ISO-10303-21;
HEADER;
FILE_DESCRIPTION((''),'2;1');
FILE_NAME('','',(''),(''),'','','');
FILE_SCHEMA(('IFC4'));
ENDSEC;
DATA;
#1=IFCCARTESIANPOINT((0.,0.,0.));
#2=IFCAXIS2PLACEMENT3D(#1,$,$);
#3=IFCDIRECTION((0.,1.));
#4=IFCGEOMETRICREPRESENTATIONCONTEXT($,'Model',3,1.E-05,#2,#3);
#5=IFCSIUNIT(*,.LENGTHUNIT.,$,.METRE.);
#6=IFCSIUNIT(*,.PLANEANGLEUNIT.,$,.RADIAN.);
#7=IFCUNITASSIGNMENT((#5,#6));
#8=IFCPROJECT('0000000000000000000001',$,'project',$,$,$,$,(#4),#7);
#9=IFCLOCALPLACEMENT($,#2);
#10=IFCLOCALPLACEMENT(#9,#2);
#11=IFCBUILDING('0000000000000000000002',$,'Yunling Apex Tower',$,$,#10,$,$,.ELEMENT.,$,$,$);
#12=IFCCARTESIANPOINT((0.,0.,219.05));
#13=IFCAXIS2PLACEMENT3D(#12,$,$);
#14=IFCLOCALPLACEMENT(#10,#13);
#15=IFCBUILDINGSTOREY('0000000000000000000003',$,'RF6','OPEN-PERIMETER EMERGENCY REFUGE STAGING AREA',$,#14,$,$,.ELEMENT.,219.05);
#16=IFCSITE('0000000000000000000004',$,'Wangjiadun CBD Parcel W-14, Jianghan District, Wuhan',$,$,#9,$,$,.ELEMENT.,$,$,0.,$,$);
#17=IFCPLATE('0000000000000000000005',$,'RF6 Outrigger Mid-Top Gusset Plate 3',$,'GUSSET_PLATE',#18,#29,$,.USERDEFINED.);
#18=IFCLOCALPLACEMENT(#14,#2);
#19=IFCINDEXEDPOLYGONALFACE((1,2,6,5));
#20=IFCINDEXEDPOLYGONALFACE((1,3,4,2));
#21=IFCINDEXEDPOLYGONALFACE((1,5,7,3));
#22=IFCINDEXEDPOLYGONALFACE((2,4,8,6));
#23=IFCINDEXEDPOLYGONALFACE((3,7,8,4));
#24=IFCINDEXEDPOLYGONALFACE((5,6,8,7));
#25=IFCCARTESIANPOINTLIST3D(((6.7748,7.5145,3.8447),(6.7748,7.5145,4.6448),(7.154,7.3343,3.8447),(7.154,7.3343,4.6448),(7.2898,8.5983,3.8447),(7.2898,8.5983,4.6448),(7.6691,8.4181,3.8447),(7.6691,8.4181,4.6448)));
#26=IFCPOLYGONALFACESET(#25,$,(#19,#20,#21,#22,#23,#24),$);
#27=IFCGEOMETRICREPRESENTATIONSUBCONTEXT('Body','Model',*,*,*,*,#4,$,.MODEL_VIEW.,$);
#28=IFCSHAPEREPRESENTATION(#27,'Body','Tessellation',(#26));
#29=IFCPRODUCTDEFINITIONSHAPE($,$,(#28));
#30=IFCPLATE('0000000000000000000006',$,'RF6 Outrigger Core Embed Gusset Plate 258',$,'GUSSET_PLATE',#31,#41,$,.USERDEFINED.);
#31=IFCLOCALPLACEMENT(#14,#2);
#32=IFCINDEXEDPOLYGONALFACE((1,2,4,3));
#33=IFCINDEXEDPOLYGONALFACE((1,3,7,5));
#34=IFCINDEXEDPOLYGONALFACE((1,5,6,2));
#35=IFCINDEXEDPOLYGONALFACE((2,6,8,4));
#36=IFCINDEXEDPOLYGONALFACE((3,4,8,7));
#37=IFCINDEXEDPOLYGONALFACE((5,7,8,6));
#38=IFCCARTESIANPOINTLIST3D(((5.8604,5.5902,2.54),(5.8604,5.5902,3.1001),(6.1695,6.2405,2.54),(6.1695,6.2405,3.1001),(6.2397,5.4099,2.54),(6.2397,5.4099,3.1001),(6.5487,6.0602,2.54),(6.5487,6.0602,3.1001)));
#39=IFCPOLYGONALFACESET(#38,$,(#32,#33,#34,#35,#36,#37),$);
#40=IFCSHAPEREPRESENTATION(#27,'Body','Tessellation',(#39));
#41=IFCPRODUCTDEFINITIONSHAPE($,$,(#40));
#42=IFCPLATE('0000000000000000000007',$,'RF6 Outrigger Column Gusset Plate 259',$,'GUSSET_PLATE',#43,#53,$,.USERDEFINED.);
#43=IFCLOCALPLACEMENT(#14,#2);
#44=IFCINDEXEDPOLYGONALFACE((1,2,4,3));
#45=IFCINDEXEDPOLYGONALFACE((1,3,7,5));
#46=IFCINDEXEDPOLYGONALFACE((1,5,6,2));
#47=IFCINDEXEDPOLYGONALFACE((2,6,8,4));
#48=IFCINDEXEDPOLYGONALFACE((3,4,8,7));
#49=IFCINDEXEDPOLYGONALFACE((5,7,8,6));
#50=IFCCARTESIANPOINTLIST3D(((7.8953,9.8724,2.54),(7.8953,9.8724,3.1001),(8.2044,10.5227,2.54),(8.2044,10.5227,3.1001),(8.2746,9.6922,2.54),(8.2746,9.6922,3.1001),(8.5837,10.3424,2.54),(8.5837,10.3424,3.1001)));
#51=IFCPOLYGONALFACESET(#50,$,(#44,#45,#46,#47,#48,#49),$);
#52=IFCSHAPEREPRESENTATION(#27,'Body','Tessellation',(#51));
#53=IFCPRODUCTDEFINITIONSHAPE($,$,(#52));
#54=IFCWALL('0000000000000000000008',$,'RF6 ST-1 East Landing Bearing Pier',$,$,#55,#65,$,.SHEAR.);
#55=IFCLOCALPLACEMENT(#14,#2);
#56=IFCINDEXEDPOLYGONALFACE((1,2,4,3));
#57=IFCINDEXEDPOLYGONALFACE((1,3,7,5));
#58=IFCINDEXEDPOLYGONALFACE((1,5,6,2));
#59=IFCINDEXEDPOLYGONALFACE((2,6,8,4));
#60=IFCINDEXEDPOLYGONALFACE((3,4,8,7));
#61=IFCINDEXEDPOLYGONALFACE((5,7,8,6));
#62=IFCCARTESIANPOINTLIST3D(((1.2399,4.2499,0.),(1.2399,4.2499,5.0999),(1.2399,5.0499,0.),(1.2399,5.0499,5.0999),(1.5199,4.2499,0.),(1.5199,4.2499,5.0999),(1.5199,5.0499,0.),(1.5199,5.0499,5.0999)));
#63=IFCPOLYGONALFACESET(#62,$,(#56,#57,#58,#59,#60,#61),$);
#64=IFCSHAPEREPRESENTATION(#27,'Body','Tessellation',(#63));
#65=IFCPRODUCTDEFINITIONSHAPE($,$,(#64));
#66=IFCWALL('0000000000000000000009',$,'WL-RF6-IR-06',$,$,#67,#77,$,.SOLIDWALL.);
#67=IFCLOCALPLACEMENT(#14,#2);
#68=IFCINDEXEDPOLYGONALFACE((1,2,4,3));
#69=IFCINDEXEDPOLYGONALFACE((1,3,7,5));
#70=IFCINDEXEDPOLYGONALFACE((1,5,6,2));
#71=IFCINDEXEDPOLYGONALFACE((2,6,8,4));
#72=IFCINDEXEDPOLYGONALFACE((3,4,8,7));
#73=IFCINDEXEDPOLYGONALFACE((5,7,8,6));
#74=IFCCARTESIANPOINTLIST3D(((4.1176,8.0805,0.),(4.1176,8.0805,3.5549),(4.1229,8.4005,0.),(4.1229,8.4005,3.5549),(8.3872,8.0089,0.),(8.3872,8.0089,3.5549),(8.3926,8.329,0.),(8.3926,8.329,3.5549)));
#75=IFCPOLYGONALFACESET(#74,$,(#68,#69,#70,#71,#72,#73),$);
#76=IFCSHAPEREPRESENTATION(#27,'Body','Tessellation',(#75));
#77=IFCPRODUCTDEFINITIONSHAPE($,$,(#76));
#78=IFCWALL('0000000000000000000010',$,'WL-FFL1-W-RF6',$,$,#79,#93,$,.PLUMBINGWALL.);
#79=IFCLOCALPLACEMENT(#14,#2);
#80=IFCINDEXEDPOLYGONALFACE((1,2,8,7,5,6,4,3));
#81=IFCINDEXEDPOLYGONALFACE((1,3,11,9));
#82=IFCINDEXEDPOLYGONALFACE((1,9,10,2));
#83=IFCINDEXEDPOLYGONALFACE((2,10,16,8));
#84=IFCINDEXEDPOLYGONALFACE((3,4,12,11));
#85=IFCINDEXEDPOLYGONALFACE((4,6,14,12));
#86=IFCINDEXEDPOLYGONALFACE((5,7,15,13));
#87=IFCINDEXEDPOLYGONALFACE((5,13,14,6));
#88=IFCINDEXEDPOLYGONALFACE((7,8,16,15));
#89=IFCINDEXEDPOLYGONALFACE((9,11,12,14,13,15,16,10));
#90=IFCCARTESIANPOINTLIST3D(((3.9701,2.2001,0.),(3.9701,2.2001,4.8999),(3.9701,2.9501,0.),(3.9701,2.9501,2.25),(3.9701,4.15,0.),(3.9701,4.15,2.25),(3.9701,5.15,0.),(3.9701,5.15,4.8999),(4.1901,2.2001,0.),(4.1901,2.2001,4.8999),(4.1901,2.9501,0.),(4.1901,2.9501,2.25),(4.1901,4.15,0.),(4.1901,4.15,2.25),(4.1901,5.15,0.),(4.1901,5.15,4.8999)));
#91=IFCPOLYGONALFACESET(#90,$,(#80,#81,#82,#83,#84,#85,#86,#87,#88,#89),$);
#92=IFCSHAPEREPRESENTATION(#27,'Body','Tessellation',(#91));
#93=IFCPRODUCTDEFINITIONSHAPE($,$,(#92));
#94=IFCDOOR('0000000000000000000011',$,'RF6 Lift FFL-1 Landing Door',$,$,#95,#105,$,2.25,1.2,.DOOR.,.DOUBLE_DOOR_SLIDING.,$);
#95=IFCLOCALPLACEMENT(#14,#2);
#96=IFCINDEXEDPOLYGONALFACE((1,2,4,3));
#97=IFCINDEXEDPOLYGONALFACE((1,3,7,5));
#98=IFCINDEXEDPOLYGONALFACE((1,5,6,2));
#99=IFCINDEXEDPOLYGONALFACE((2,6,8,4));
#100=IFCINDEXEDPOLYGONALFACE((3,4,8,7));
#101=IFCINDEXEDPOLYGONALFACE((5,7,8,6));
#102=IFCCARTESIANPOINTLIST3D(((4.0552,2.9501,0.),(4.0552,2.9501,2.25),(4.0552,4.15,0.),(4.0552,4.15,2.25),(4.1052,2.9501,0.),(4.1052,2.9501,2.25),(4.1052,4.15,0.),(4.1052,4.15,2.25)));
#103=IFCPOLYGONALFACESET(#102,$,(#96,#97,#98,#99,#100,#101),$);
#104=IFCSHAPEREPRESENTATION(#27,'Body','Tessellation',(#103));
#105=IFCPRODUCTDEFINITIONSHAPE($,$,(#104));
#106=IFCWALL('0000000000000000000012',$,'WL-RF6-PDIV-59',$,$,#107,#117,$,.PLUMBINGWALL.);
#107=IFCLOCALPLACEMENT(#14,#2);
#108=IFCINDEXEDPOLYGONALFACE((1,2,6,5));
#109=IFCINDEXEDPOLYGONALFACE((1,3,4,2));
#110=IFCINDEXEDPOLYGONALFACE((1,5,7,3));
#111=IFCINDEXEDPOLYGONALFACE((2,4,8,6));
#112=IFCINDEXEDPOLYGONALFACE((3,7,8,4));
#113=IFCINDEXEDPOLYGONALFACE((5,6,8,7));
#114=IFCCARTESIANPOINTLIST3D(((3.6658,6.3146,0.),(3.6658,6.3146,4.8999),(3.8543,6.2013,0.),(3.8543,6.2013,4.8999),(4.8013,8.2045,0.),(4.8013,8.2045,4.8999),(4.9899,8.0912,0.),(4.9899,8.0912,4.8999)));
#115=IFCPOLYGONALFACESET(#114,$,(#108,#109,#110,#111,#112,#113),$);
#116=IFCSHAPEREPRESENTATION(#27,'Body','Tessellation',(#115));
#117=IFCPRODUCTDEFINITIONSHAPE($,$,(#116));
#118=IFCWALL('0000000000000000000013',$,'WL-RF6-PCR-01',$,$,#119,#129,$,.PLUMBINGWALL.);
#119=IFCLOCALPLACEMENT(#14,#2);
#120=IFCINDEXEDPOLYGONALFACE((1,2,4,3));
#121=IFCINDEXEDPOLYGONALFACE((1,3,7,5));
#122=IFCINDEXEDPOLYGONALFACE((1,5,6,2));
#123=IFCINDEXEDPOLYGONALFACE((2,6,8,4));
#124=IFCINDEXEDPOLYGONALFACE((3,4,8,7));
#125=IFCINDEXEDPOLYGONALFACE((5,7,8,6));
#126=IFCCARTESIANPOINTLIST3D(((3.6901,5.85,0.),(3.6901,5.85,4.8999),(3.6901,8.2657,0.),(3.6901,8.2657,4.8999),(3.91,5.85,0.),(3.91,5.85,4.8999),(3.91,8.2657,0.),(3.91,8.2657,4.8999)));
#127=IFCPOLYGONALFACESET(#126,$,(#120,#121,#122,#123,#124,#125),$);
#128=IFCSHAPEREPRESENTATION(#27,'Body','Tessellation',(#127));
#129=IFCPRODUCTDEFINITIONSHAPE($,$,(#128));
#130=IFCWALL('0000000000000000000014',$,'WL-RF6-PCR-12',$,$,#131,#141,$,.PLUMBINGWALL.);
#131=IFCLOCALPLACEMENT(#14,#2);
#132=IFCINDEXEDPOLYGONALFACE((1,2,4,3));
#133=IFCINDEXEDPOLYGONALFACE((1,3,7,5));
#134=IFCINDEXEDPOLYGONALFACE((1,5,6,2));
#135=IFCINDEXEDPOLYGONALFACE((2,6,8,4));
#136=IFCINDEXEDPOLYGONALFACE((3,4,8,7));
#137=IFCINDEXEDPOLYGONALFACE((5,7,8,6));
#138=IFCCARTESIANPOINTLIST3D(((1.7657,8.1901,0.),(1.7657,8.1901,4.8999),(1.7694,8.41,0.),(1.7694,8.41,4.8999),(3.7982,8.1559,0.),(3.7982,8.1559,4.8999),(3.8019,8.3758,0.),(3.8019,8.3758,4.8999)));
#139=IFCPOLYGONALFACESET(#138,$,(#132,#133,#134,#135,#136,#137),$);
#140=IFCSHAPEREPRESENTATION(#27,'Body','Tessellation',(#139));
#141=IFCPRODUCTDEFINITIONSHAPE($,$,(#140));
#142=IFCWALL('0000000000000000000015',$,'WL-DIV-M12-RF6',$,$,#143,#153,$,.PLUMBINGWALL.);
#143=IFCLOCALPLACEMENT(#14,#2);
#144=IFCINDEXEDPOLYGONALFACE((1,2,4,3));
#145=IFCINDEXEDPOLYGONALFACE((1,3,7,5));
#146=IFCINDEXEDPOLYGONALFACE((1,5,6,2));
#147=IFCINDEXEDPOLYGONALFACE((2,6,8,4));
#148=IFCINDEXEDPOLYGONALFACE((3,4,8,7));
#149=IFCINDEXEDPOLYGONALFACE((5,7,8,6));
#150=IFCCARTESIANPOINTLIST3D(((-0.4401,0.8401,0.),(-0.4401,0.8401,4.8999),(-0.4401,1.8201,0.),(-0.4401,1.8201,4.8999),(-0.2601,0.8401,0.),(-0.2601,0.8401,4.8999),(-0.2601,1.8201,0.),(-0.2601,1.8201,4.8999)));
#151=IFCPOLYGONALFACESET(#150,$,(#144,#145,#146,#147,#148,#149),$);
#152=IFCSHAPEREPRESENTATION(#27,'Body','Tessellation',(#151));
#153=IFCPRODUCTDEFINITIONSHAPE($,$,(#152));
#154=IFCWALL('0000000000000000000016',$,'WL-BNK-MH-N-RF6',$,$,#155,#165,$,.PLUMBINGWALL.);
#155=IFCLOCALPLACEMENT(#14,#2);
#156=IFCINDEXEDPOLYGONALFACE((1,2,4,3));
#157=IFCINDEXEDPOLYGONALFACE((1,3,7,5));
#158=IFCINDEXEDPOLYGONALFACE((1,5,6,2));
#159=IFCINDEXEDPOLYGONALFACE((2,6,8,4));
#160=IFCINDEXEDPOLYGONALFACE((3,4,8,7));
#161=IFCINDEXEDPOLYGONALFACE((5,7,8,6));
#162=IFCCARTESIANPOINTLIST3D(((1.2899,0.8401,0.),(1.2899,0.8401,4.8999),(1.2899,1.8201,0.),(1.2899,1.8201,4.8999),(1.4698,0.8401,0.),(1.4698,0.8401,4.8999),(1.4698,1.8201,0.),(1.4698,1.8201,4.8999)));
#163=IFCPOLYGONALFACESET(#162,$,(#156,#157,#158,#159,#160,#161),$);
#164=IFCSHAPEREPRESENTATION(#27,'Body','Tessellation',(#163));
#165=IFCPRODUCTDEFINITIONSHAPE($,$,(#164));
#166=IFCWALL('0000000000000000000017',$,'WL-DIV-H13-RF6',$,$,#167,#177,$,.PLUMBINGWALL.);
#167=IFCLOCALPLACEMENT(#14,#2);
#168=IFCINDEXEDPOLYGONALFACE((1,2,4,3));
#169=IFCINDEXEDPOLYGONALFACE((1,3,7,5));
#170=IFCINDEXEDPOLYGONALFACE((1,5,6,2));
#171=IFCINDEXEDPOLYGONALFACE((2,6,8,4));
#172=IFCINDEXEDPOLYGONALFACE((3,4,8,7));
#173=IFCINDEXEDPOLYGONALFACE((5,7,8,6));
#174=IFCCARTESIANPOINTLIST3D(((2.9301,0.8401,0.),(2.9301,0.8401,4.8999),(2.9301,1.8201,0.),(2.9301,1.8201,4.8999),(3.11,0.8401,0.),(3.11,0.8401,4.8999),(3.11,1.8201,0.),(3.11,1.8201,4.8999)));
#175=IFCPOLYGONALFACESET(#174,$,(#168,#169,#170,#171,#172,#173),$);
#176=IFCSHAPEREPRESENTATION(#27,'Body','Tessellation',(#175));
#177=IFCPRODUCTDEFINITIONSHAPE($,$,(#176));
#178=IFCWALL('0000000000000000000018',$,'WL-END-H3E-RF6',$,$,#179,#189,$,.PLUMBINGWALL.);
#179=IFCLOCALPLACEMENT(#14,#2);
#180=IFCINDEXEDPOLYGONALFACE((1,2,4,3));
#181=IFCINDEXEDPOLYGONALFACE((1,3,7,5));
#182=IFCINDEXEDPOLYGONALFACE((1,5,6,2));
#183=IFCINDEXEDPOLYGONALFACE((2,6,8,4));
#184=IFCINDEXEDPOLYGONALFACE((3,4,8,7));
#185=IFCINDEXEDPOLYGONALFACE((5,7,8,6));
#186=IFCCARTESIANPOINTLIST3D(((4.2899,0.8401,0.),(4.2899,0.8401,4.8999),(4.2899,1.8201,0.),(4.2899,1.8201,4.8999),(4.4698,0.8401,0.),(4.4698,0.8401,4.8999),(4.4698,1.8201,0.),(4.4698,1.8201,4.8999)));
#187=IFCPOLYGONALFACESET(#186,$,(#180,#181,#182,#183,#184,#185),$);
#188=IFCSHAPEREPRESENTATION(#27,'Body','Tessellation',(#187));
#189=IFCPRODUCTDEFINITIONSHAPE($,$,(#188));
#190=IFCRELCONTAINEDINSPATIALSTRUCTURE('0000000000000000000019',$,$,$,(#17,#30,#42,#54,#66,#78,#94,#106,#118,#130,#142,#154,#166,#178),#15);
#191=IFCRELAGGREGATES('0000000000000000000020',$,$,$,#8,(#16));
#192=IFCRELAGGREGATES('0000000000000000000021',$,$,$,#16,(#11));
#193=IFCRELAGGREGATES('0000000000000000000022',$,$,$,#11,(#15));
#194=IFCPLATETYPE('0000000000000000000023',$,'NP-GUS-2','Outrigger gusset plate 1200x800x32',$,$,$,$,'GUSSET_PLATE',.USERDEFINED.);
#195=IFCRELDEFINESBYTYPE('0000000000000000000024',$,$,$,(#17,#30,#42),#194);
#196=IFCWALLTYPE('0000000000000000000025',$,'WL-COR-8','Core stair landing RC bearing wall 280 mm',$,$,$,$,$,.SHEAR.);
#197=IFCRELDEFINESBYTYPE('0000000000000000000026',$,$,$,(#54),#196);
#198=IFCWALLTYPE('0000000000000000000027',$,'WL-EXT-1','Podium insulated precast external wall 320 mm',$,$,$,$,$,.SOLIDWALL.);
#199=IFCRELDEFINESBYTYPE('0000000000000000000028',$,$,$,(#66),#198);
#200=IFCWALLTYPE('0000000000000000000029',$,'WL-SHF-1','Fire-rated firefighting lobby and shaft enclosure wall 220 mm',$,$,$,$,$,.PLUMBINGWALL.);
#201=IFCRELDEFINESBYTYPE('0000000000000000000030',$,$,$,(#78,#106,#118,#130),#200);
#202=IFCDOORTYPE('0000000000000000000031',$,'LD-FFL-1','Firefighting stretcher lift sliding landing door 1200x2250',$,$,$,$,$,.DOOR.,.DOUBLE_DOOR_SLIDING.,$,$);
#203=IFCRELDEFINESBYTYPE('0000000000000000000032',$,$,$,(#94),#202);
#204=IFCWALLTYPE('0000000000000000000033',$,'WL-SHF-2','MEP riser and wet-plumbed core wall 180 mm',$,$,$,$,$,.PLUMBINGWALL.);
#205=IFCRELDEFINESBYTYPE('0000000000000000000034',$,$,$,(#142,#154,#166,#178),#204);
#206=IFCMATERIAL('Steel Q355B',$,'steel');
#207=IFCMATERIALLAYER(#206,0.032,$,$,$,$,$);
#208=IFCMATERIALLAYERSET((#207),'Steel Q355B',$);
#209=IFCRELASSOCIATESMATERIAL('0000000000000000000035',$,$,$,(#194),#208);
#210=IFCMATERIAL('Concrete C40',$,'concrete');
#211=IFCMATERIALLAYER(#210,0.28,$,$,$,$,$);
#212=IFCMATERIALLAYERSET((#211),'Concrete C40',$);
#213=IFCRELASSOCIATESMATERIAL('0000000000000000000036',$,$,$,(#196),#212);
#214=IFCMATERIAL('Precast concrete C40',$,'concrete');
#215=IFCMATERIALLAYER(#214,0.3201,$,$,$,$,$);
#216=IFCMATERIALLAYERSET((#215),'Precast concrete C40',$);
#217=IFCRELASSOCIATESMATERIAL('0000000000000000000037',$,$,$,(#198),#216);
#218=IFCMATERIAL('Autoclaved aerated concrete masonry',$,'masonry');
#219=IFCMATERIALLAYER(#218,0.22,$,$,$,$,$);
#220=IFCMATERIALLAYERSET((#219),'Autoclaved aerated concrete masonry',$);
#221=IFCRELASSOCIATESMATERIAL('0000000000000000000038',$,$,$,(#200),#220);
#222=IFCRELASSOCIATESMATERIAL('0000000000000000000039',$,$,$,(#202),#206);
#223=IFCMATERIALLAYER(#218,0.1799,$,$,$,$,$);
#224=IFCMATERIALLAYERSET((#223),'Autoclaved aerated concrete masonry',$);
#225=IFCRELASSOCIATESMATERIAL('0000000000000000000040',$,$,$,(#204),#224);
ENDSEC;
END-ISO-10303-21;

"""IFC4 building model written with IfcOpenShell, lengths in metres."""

from ifc_helpers import new_model, si_unit, direction, frame, frame_2d, origin, origin_2d, place, context, subcontext, project, spatial, rectangle, extrude, source, transform, mapped, material, layer, layer_set, type_object, element, fill, save


model = new_model("IFC4")

# Units and contexts
model_context = context("Model", 3, precision=1e-05, world=origin(), true_north=direction((0.0, 1.0)))
body_context = subcontext(model_context, "Body", "Model", "MODEL_VIEW")
ifc_project = project(units=[si_unit("LENGTHUNIT", "METRE"), si_unit("PLANEANGLEUNIT", "RADIAN")], contexts=[model_context])

# Site, building, storey
site_placement = place(None, origin())
site = spatial("IfcSite", under=ifc_project, at=site_placement, Name="Wangjiadun CBD Parcel W-14, Jianghan District, Wuhan", CompositionType="ELEMENT", RefElevation=0.0)
building_placement = place(site_placement, origin())
building = spatial("IfcBuilding", under=site, at=building_placement, Name="Yunling Apex Tower", CompositionType="ELEMENT")
storey_placement = place(building_placement, frame((0.0, 0.0, 219.05)))
storey = spatial("IfcBuildingStorey", under=building, at=storey_placement, Name="RF6", Description="OPEN-PERIMETER EMERGENCY REFUGE STAGING AREA", CompositionType="ELEMENT", Elevation=219.05)

# Shared definitions
ifc_material_1 = material(Name="Steel Q355B", Category="steel")

# Plates
ifc_layer_1 = layer(ifc_material_1, 0.032)
ifc_layer_set_1 = layer_set([ifc_layer_1], Name="Steel Q355B")
plate_type_1 = type_object("IfcPlateType", Name="NP-GUS-2", Description="Outrigger gusset plate 1200x800x32", ElementType="GUSSET_PLATE", PredefinedType="USERDEFINED", material=ifc_layer_set_1)
shared_shape_1 = source(origin(), body_context, "Body", "SweptSolid", [
    extrude(rectangle(XDim=1.2, YDim=0.4199, at=origin_2d()), origin(), (0.0, 0.0, 1.0), 0.8),
])
plate_1_placement = place(storey_placement, frame((7.2219, 7.9663, 3.8447), z_axis=(0.0, 0.0, 1.0), x_axis=(0.42925, 0.903186, 0.0)))
element("IfcPlate", 1, at=plate_1_placement, inside=storey, type_object=plate_type_1, Name="RF6 Outrigger Mid-Top Gusset Plate 3", ObjectType="GUSSET_PLATE", PredefinedType="USERDEFINED", context=body_context, shape_type="MappedRepresentation", body=[
    mapped(shared_shape_1, transform((0.0, 0.0, 0.0), scale=1.0)),
])
shared_shape_2 = source(origin(), body_context, "Body", "SweptSolid", [
    extrude(rectangle(XDim=0.72, YDim=0.4199, at=origin_2d()), origin(), (0.0, 0.0, 1.0), 0.5601),
])
for number, where, z_axis, x_axis, name in (
    (2, (6.2046, 5.8252, 2.54), (0.0, 0.0, 1.0), (0.42925, 0.903186, 0.0), "RF6 Outrigger Core Embed Gusset Plate 258"),
    (3, (8.2395, 10.1074, 2.54), (0.0, 0.0, 1.0), (0.42925, 0.903186, 0.0), "RF6 Outrigger Column Gusset Plate 259"),
):
    element("IfcPlate", number, at=place(storey_placement, frame(where, z_axis=z_axis, x_axis=x_axis)), inside=storey, type_object=plate_type_1, Name=name, ObjectType="GUSSET_PLATE", PredefinedType="USERDEFINED", context=body_context, shape_type="MappedRepresentation", body=[
        mapped(shared_shape_2, transform((0.0, 0.0, 0.0), scale=1.0)),
    ])

# Walls
ifc_material_2 = material(Name="Concrete C40", Category="concrete")
ifc_layer_2 = layer(ifc_material_2, 0.28)
ifc_layer_set_2 = layer_set([ifc_layer_2], Name="Concrete C40")
wall_type_1 = type_object("IfcWallType", Name="WL-COR-8", Description="Core stair landing RC bearing wall 280 mm", PredefinedType="SHEAR", material=ifc_layer_set_2)
wall_1_placement = place(storey_placement, frame((1.3799, 4.25, 0.0), z_axis=(0.0, 0.0, 1.0), x_axis=(0.0, 1.0, 0.0)))
element("IfcWall", 4, at=wall_1_placement, inside=storey, type_object=wall_type_1, Name="RF6 ST-1 East Landing Bearing Pier", PredefinedType="SHEAR", context=body_context, shape_type="SweptSolid", body=[
    extrude(rectangle(XDim=0.8, YDim=0.28, at=frame_2d((0.3999, 0.0))), origin(), (0.0, 0.0, 1.0), 5.0999),
])
ifc_material_3 = material(Name="Precast concrete C40", Category="concrete")
ifc_layer_3 = layer(ifc_material_3, 0.3201)
ifc_layer_set_3 = layer_set([ifc_layer_3], Name="Precast concrete C40")
wall_type_2 = type_object("IfcWallType", Name="WL-EXT-1", Description="Podium insulated precast external wall 320 mm", PredefinedType="SOLIDWALL", material=ifc_layer_set_3)
wall_2_placement = place(storey_placement, frame((4.1201, 8.2405, 0.0), z_axis=(0.0, 0.0, 1.0), x_axis=(0.99986, -0.016751, 0.0)))
element("IfcWall", 5, at=wall_2_placement, inside=storey, type_object=wall_type_2, Name="WL-RF6-IR-06", PredefinedType="SOLIDWALL", context=body_context, shape_type="SweptSolid", body=[
    extrude(rectangle(XDim=4.2703, YDim=0.3201, at=frame_2d((2.1353, 0.0))), origin(), (0.0, 0.0, 1.0), 3.5549),
])

# Wall, opening, door
ifc_material_4 = material(Name="Autoclaved aerated concrete masonry", Category="masonry")
ifc_layer_4 = layer(ifc_material_4, 0.22)
ifc_layer_set_4 = layer_set([ifc_layer_4], Name="Autoclaved aerated concrete masonry")
wall_type_3 = type_object("IfcWallType", Name="WL-SHF-1", Description="Fire-rated firefighting lobby and shaft enclosure wall 220 mm", PredefinedType="PLUMBINGWALL", material=ifc_layer_set_4)
wall_3_placement = place(storey_placement, frame((4.0801, 2.2, 0.0), z_axis=(0.0, 0.0, 1.0), x_axis=(0.0, 1.0, 0.0)))
wall_3 = element("IfcWall", 6, at=wall_3_placement, inside=storey, type_object=wall_type_3, Name="WL-FFL1-W-RF6", PredefinedType="PLUMBINGWALL", context=body_context, shape_type="SweptSolid", body=[
    extrude(rectangle(XDim=2.95, YDim=0.22, at=frame_2d((1.4751, 0.0))), origin(), (0.0, 0.0, 1.0), 4.8999),
])
opening_1_placement = place(wall_3_placement, frame((0.75, 0.0, 0.0)))
opening_1 = element("IfcOpeningElement", 7, at=opening_1_placement, cuts=wall_3, PredefinedType="OPENING", context=body_context, shape_type="SweptSolid", body=[
    extrude(rectangle(XDim=1.2, YDim=2.25, at=frame_2d((0.6001, 1.125))), frame((0.0, 0.1201, 0.0), z_axis=(0.0, -1.0, 0.0), x_axis=(1.0, 0.0, 0.0)), (0.0, 0.0, 1.0), 0.24),
])
door_type_1 = type_object("IfcDoorType", Name="LD-FFL-1", Description="Firefighting stretcher lift sliding landing door 1200x2250", OperationType="DOUBLE_DOOR_SLIDING", PredefinedType="DOOR", material=ifc_material_1)
door_1_placement = place(opening_1_placement, origin())
door_1 = element("IfcDoor", 8, at=door_1_placement, inside=storey, type_object=door_type_1, Name="RF6 Lift FFL-1 Landing Door", OperationType="DOUBLE_DOOR_SLIDING", OverallHeight=2.25, OverallWidth=1.2, PredefinedType="DOOR", context=body_context, shape_type="SweptSolid", body=[
    extrude(rectangle(XDim=1.2, YDim=2.25, at=frame_2d((0.6001, 1.125))), frame((0.0, 0.0249, 0.0), z_axis=(0.0, -1.0, 0.0), x_axis=(1.0, 0.0, 0.0)), (0.0, 0.0, 1.0), 0.05),
])
fill(opening_1, door_1)

# Walls
wall_4_placement = place(storey_placement, frame((3.76, 6.2578, 0.0), z_axis=(0.0, 0.0, 1.0), x_axis=(0.515017, 0.85718, 0.0)))
element("IfcWall", 9, at=wall_4_placement, inside=storey, type_object=wall_type_3, Name="WL-RF6-PDIV-59", PredefinedType="PLUMBINGWALL", context=body_context, shape_type="SweptSolid", body=[
    extrude(rectangle(XDim=2.2048, YDim=0.22, at=frame_2d((1.1025, 0.0))), origin(), (0.0, 0.0, 1.0), 4.8999),
])
wall_5_placement = place(storey_placement, frame((3.8, 8.2659, 0.0), z_axis=(0.0, 0.0, 1.0), x_axis=(0.0, -1.0, 0.0)))
element("IfcWall", 10, at=wall_5_placement, inside=storey, type_object=wall_type_3, Name="WL-RF6-PCR-01", PredefinedType="PLUMBINGWALL", context=body_context, shape_type="SweptSolid", body=[
    extrude(rectangle(XDim=2.4158, YDim=0.22, at=frame_2d((1.208, 0.0))), origin(), (0.0, 0.0, 1.0), 4.8999),
])
wall_6_placement = place(storey_placement, frame((1.7676, 8.3, 0.0), z_axis=(0.0, 0.0, 1.0), x_axis=(0.999859, -0.016814, 0.0)))
element("IfcWall", 11, at=wall_6_placement, inside=storey, type_object=wall_type_3, Name="WL-RF6-PCR-12", PredefinedType="PLUMBINGWALL", context=body_context, shape_type="SweptSolid", body=[
    extrude(rectangle(XDim=2.0327, YDim=0.22, at=frame_2d((1.0164, 0.0))), origin(), (0.0, 0.0, 1.0), 4.8999),
])
ifc_layer_5 = layer(ifc_material_4, 0.1799)
ifc_layer_set_5 = layer_set([ifc_layer_5], Name="Autoclaved aerated concrete masonry")
wall_type_4 = type_object("IfcWallType", Name="WL-SHF-2", Description="MEP riser and wet-plumbed core wall 180 mm", PredefinedType="PLUMBINGWALL", material=ifc_layer_set_5)
for number, where, z_axis, x_axis, name in (
    (12, (-0.3501, 0.8401, 0.0), (0.0, 0.0, 1.0), (0.0, 1.0, 0.0), "WL-DIV-M12-RF6"),
    (13, (1.3799, 0.8401, 0.0), (0.0, 0.0, 1.0), (0.0, 1.0, 0.0), "WL-BNK-MH-N-RF6"),
    (14, (3.02, 0.8401, 0.0), (0.0, 0.0, 1.0), (0.0, 1.0, 0.0), "WL-DIV-H13-RF6"),
    (15, (4.3799, 0.8401, 0.0), (0.0, 0.0, 1.0), (0.0, 1.0, 0.0), "WL-END-H3E-RF6"),
):
    element("IfcWall", number, at=place(storey_placement, frame(where, z_axis=z_axis, x_axis=x_axis)), inside=storey, type_object=wall_type_4, Name=name, PredefinedType="PLUMBINGWALL", context=body_context, shape_type="SweptSolid", body=[
        extrude(rectangle(XDim=0.98, YDim=0.1799, at=frame_2d((0.49, 0.0))), origin(), (0.0, 0.0, 1.0), 4.8999),
    ])

save(model, "model.ifc")
